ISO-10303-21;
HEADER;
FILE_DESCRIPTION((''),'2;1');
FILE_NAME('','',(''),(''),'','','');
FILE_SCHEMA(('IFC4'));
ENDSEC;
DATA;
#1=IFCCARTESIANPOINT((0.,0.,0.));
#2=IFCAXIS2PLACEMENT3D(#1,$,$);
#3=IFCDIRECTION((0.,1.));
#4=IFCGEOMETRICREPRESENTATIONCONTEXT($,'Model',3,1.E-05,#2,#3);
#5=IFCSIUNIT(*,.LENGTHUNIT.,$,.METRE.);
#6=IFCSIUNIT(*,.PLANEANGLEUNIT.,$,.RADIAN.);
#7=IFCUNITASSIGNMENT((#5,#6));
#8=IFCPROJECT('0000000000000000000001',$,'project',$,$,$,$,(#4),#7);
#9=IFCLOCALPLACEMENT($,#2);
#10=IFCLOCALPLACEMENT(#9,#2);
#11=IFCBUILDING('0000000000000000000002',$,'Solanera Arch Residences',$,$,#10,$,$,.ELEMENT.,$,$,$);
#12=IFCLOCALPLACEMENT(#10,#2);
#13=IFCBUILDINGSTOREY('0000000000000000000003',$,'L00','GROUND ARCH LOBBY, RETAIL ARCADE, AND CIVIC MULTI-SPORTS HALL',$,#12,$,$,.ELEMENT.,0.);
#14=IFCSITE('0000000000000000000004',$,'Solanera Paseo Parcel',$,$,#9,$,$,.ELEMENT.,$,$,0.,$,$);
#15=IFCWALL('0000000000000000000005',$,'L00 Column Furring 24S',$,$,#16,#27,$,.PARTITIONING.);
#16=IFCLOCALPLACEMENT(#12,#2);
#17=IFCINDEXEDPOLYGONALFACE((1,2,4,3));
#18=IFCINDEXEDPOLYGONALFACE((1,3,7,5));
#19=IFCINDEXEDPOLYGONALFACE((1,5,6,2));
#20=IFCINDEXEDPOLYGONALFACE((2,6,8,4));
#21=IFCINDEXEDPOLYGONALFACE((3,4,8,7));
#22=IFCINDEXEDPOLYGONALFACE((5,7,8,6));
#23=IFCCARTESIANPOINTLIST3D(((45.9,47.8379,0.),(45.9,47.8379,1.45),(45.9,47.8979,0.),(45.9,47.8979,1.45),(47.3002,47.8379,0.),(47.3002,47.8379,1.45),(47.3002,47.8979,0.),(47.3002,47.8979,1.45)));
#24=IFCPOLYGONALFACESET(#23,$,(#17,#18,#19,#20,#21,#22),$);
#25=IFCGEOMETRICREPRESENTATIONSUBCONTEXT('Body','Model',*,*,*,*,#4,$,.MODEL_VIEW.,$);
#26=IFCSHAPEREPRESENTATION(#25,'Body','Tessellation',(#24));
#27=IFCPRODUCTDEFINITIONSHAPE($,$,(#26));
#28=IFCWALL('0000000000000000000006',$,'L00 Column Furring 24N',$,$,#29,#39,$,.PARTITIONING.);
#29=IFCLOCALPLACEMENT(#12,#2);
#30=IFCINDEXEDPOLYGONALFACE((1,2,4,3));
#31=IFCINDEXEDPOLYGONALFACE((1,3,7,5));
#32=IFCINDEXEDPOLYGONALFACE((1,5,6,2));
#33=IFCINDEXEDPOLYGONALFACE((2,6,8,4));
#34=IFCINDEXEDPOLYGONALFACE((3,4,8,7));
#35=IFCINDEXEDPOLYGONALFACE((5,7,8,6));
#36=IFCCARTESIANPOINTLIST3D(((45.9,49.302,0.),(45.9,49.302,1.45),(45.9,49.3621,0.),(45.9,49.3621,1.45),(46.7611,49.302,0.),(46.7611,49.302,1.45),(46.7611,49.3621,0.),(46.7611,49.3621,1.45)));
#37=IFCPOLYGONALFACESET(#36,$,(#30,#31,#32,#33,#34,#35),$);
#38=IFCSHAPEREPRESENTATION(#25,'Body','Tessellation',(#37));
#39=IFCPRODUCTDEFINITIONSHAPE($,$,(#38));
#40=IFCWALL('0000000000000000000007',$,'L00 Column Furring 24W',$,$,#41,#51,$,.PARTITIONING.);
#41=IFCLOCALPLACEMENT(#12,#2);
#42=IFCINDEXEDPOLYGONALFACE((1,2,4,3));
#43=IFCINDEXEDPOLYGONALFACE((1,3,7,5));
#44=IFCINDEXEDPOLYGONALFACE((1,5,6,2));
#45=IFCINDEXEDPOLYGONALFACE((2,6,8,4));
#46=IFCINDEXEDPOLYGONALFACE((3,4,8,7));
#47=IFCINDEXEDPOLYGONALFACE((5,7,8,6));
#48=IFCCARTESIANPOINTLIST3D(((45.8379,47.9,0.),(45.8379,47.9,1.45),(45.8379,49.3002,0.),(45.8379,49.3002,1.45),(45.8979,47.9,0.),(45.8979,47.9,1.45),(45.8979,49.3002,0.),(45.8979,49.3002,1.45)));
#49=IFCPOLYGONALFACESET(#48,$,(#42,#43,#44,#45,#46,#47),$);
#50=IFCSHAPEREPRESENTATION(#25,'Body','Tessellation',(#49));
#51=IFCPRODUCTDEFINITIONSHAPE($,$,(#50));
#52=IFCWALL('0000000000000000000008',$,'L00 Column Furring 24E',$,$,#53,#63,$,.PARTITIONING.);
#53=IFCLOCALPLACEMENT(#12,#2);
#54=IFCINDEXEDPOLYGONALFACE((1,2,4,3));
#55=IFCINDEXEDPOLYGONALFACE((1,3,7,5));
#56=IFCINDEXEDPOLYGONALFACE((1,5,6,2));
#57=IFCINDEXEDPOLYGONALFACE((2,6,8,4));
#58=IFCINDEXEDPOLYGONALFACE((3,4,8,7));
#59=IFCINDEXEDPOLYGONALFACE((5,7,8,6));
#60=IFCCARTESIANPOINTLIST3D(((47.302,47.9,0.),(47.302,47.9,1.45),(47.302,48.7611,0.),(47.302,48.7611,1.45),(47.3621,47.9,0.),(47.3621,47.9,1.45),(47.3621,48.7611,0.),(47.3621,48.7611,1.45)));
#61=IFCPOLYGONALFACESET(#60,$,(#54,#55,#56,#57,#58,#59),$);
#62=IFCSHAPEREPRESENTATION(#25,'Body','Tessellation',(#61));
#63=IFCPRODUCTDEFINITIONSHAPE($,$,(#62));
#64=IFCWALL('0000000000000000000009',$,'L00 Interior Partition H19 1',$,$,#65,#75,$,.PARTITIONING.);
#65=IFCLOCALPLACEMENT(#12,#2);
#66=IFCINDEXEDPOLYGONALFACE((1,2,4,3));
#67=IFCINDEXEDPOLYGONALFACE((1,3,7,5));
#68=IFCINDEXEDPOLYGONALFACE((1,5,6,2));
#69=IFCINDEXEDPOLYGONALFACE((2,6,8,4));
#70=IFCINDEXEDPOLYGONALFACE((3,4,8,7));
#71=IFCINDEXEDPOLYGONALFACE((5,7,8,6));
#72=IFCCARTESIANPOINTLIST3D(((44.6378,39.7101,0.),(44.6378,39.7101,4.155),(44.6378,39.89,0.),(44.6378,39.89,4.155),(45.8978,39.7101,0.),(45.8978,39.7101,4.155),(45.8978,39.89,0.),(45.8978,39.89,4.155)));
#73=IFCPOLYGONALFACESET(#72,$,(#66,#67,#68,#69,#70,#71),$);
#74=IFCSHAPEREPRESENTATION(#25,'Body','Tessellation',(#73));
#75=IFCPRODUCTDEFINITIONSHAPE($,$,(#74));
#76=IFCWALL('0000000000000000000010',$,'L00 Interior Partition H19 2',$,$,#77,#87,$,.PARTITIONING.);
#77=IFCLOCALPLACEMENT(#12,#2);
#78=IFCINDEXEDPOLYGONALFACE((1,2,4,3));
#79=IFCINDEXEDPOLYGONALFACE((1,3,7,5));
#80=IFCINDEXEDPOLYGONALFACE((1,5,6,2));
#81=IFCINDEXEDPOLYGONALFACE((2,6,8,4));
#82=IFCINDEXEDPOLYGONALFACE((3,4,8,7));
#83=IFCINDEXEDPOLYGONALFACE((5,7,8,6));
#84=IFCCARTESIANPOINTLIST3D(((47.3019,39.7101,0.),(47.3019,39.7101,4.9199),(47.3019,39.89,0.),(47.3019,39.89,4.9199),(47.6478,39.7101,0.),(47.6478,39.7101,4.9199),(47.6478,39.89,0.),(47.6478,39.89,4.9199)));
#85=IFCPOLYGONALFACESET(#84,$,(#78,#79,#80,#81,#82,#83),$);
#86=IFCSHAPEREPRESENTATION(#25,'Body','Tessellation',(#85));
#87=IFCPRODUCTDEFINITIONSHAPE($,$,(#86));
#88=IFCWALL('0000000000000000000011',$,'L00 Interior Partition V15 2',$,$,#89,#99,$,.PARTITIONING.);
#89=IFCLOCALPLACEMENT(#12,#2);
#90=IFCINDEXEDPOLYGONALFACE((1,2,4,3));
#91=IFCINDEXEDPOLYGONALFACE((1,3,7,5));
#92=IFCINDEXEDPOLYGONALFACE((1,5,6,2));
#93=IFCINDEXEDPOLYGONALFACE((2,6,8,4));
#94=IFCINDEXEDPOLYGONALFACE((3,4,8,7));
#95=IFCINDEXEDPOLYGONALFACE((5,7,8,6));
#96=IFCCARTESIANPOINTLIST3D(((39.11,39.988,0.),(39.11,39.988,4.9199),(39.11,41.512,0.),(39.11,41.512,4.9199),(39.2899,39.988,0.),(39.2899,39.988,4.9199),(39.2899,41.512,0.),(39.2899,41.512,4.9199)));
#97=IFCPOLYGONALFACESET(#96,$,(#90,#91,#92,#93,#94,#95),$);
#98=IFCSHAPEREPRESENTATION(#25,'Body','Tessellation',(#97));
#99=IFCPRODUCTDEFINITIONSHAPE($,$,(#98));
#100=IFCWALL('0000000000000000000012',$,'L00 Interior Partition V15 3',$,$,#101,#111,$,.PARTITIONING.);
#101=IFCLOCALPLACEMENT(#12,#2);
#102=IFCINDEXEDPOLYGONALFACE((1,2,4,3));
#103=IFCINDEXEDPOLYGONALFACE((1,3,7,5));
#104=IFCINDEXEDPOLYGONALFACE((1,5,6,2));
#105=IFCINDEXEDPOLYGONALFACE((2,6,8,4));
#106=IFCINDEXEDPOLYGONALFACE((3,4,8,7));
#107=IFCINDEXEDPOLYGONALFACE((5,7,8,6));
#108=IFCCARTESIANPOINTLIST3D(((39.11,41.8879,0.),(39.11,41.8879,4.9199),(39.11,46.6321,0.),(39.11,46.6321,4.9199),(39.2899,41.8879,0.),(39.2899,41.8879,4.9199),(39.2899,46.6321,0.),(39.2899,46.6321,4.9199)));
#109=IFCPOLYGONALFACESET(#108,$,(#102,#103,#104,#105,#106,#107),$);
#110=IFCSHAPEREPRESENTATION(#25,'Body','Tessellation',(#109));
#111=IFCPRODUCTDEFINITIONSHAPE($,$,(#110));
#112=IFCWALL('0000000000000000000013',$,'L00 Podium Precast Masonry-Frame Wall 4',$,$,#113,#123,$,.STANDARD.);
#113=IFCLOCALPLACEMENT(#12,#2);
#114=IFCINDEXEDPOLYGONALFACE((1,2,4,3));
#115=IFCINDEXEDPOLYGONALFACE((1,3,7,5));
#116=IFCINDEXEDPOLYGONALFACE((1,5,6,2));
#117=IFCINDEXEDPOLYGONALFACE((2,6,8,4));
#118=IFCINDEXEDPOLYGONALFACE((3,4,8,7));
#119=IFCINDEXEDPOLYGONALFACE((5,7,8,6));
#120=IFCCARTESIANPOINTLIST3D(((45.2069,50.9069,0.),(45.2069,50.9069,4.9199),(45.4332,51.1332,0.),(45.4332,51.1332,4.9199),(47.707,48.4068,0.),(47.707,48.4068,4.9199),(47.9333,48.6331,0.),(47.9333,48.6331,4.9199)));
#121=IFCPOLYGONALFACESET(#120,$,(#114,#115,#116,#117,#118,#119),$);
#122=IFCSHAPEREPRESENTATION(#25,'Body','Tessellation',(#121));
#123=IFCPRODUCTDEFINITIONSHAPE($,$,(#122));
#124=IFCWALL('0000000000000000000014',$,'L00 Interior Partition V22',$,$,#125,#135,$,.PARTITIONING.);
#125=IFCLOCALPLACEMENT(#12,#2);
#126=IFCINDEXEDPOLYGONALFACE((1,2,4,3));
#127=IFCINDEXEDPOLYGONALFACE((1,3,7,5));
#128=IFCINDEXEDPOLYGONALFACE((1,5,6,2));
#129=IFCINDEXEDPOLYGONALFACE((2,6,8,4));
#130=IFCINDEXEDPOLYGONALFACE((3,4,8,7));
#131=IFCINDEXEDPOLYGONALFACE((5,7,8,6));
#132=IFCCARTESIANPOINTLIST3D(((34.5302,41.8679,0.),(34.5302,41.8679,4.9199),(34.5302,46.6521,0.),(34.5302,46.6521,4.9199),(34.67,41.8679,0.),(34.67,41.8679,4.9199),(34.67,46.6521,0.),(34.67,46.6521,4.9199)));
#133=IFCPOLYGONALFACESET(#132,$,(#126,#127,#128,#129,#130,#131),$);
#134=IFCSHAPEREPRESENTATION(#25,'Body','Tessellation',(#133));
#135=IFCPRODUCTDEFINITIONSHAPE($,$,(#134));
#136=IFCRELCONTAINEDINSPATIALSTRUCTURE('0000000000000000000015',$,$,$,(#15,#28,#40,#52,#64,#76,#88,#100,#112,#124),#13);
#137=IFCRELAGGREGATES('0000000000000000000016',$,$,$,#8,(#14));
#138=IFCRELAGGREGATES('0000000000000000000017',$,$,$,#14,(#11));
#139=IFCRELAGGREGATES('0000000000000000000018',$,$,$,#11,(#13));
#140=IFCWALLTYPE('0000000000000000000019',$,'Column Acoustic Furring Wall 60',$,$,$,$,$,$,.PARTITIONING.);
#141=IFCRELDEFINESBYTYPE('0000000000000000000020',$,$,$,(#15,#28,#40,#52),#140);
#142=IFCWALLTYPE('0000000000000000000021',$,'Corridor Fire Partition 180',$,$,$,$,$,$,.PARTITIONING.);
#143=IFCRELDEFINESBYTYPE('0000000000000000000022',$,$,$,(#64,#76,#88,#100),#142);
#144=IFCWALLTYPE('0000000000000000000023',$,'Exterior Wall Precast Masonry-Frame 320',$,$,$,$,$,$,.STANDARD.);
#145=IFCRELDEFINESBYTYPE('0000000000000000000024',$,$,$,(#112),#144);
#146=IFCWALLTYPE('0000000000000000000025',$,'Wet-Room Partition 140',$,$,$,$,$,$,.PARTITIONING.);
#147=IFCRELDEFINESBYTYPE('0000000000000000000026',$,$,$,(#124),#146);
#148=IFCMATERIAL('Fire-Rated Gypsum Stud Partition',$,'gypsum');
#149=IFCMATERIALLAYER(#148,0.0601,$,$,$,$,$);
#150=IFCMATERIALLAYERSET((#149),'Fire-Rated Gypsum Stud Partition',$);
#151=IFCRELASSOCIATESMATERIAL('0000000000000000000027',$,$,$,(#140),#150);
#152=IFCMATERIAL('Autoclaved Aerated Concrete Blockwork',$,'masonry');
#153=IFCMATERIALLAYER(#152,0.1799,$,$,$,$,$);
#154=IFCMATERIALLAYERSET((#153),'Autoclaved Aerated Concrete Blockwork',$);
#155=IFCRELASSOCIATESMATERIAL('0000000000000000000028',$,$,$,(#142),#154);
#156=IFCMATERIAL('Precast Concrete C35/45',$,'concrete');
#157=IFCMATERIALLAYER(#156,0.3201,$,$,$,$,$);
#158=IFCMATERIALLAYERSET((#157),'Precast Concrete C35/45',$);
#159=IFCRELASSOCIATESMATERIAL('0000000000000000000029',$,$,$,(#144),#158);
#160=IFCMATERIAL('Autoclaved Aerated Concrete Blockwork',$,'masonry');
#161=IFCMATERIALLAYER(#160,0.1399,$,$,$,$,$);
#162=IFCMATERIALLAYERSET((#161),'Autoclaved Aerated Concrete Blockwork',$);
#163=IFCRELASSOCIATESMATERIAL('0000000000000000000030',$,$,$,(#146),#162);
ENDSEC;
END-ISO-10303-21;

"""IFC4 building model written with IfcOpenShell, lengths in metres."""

from ifc_helpers import new_model, si_unit, direction, frame, frame_2d, origin, place, context, subcontext, project, spatial, rectangle, extrude, material, layer, layer_set, type_object, element, save


model = new_model("IFC4")

# Units and contexts
model_context = context("Model", 3, precision=1e-05, world=origin(), true_north=direction((0.0, 1.0)))
body_context = subcontext(model_context, "Body", "Model", "MODEL_VIEW")
ifc_project = project(units=[si_unit("LENGTHUNIT", "METRE"), si_unit("PLANEANGLEUNIT", "RADIAN")], contexts=[model_context])

# Site, building, storey
site_placement = place(None, origin())
site = spatial("IfcSite", under=ifc_project, at=site_placement, Name="Solanera Paseo Parcel", CompositionType="ELEMENT", RefElevation=0.0)
building_placement = place(site_placement, origin())
building = spatial("IfcBuilding", under=site, at=building_placement, Name="Solanera Arch Residences", CompositionType="ELEMENT")
storey_placement = place(building_placement, origin())
storey = spatial("IfcBuildingStorey", under=building, at=storey_placement, Name="L00", Description="GROUND ARCH LOBBY, RETAIL ARCADE, AND CIVIC MULTI-SPORTS HALL", CompositionType="ELEMENT", Elevation=0.0)

# Walls
ifc_material_1 = material(Name="Fire-Rated Gypsum Stud Partition", Category="gypsum")
ifc_layer_1 = layer(ifc_material_1, 0.0601)
ifc_layer_set_1 = layer_set([ifc_layer_1], Name="Fire-Rated Gypsum Stud Partition")
wall_type_1 = type_object("IfcWallType", Name="Column Acoustic Furring Wall 60", PredefinedType="PARTITIONING", material=ifc_layer_set_1)
wall_1_placement = place(storey_placement, frame((45.8999, 47.8679, 0.0), z_axis=(0.0, 0.0, 1.0), x_axis=(1.0, 0.0, 0.0)))
element("IfcWall", 1, at=wall_1_placement, inside=storey, type_object=wall_type_1, Name="L00 Column Furring 24S", PredefinedType="PARTITIONING", context=body_context, shape_type="SweptSolid", body=[
    extrude(rectangle(XDim=1.4001, YDim=0.0601, at=frame_2d((0.7002, 0.0))), origin(), (0.0, 0.0, 1.0), 1.45),
])
wall_2_placement = place(storey_placement, frame((45.8999, 49.332, 0.0), z_axis=(0.0, 0.0, 1.0), x_axis=(1.0, 0.0, 0.0)))
element("IfcWall", 2, at=wall_2_placement, inside=storey, type_object=wall_type_1, Name="L00 Column Furring 24N", PredefinedType="PARTITIONING", context=body_context, shape_type="SweptSolid", body=[
    extrude(rectangle(XDim=0.8611, YDim=0.0601, at=frame_2d((0.4307, 0.0))), origin(), (0.0, 0.0, 1.0), 1.45),
])
wall_3_placement = place(storey_placement, frame((45.8679, 47.8999, 0.0), z_axis=(0.0, 0.0, 1.0), x_axis=(0.0, 1.0, 0.0)))
element("IfcWall", 3, at=wall_3_placement, inside=storey, type_object=wall_type_1, Name="L00 Column Furring 24W", PredefinedType="PARTITIONING", context=body_context, shape_type="SweptSolid", body=[
    extrude(rectangle(XDim=1.4001, YDim=0.0601, at=frame_2d((0.7002, 0.0))), origin(), (0.0, 0.0, 1.0), 1.45),
])
wall_4_placement = place(storey_placement, frame((47.332, 47.8999, 0.0), z_axis=(0.0, 0.0, 1.0), x_axis=(0.0, 1.0, 0.0)))
element("IfcWall", 4, at=wall_4_placement, inside=storey, type_object=wall_type_1, Name="L00 Column Furring 24E", PredefinedType="PARTITIONING", context=body_context, shape_type="SweptSolid", body=[
    extrude(rectangle(XDim=0.8611, YDim=0.0601, at=frame_2d((0.4307, 0.0))), origin(), (0.0, 0.0, 1.0), 1.45),
])
ifc_material_2 = material(Name="Autoclaved Aerated Concrete Blockwork", Category="masonry")
ifc_layer_2 = layer(ifc_material_2, 0.1799)
ifc_layer_set_2 = layer_set([ifc_layer_2], Name="Autoclaved Aerated Concrete Blockwork")
wall_type_2 = type_object("IfcWallType", Name="Corridor Fire Partition 180", PredefinedType="PARTITIONING", material=ifc_layer_set_2)
wall_5_placement = place(storey_placement, frame((44.6379, 39.8, 0.0), z_axis=(0.0, 0.0, 1.0), x_axis=(1.0, 0.0, 0.0)))
element("IfcWall", 5, at=wall_5_placement, inside=storey, type_object=wall_type_2, Name="L00 Interior Partition H19 1", PredefinedType="PARTITIONING", context=body_context, shape_type="SweptSolid", body=[
    extrude(rectangle(XDim=1.26, YDim=0.1799, at=frame_2d((0.6299, 0.0))), origin(), (0.0, 0.0, 1.0), 4.155),
])
wall_6_placement = place(storey_placement, frame((47.302, 39.8, 0.0), z_axis=(0.0, 0.0, 1.0), x_axis=(1.0, 0.0, 0.0)))
element("IfcWall", 6, at=wall_6_placement, inside=storey, type_object=wall_type_2, Name="L00 Interior Partition H19 2", PredefinedType="PARTITIONING", context=body_context, shape_type="SweptSolid", body=[
    extrude(rectangle(XDim=0.3459, YDim=0.1799, at=frame_2d((0.1729, 0.0))), origin(), (0.0, 0.0, 1.0), 4.9199),
])
wall_7_placement = place(storey_placement, frame((39.2, 39.988, 0.0), z_axis=(0.0, 0.0, 1.0), x_axis=(0.0, 1.0, 0.0)))
element("IfcWall", 7, at=wall_7_placement, inside=storey, type_object=wall_type_2, Name="L00 Interior Partition V15 2", PredefinedType="PARTITIONING", context=body_context, shape_type="SweptSolid", body=[
    extrude(rectangle(XDim=1.5239, YDim=0.1799, at=frame_2d((0.762, 0.0))), origin(), (0.0, 0.0, 1.0), 4.9199),
])
wall_8_placement = place(storey_placement, frame((39.2, 41.8879, 0.0), z_axis=(0.0, 0.0, 1.0), x_axis=(0.0, 1.0, 0.0)))
element("IfcWall", 8, at=wall_8_placement, inside=storey, type_object=wall_type_2, Name="L00 Interior Partition V15 3", PredefinedType="PARTITIONING", context=body_context, shape_type="SweptSolid", body=[
    extrude(rectangle(XDim=4.7441, YDim=0.1799, at=frame_2d((2.3721, 0.0))), origin(), (0.0, 0.0, 1.0), 4.9199),
])
ifc_material_3 = material(Name="Precast Concrete C35/45", Category="concrete")
ifc_layer_3 = layer(ifc_material_3, 0.3201)
ifc_layer_set_3 = layer_set([ifc_layer_3], Name="Precast Concrete C35/45")
wall_type_3 = type_object("IfcWallType", Name="Exterior Wall Precast Masonry-Frame 320", PredefinedType="STANDARD", material=ifc_layer_set_3)
wall_9_placement = place(storey_placement, frame((45.3201, 51.02, 0.0), z_axis=(0.0, 0.0, 1.0), x_axis=(0.707107, -0.707107, 0.0)))
element("IfcWall", 9, at=wall_9_placement, inside=storey, type_object=wall_type_3, Name="L00 Podium Precast Masonry-Frame Wall 4", PredefinedType="STANDARD", context=body_context, shape_type="SweptSolid", body=[
    extrude(rectangle(XDim=3.5356, YDim=0.3201, at=frame_2d((1.7678, 0.0))), origin(), (0.0, 0.0, 1.0), 4.9199),
])
ifc_material_4 = material(Name="Autoclaved Aerated Concrete Blockwork", Category="masonry")
ifc_layer_4 = layer(ifc_material_4, 0.1399)
ifc_layer_set_4 = layer_set([ifc_layer_4], Name="Autoclaved Aerated Concrete Blockwork")
wall_type_4 = type_object("IfcWallType", Name="Wet-Room Partition 140", PredefinedType="PARTITIONING", material=ifc_layer_set_4)
wall_10_placement = place(storey_placement, frame((34.6001, 41.8679, 0.0), z_axis=(0.0, 0.0, 1.0), x_axis=(0.0, 1.0, 0.0)))
element("IfcWall", 10, at=wall_10_placement, inside=storey, type_object=wall_type_4, Name="L00 Interior Partition V22", PredefinedType="PARTITIONING", context=body_context, shape_type="SweptSolid", body=[
    extrude(rectangle(XDim=4.7842, YDim=0.1399, at=frame_2d((2.3921, 0.0))), origin(), (0.0, 0.0, 1.0), 4.9199),
])

save(model, "model.ifc")
